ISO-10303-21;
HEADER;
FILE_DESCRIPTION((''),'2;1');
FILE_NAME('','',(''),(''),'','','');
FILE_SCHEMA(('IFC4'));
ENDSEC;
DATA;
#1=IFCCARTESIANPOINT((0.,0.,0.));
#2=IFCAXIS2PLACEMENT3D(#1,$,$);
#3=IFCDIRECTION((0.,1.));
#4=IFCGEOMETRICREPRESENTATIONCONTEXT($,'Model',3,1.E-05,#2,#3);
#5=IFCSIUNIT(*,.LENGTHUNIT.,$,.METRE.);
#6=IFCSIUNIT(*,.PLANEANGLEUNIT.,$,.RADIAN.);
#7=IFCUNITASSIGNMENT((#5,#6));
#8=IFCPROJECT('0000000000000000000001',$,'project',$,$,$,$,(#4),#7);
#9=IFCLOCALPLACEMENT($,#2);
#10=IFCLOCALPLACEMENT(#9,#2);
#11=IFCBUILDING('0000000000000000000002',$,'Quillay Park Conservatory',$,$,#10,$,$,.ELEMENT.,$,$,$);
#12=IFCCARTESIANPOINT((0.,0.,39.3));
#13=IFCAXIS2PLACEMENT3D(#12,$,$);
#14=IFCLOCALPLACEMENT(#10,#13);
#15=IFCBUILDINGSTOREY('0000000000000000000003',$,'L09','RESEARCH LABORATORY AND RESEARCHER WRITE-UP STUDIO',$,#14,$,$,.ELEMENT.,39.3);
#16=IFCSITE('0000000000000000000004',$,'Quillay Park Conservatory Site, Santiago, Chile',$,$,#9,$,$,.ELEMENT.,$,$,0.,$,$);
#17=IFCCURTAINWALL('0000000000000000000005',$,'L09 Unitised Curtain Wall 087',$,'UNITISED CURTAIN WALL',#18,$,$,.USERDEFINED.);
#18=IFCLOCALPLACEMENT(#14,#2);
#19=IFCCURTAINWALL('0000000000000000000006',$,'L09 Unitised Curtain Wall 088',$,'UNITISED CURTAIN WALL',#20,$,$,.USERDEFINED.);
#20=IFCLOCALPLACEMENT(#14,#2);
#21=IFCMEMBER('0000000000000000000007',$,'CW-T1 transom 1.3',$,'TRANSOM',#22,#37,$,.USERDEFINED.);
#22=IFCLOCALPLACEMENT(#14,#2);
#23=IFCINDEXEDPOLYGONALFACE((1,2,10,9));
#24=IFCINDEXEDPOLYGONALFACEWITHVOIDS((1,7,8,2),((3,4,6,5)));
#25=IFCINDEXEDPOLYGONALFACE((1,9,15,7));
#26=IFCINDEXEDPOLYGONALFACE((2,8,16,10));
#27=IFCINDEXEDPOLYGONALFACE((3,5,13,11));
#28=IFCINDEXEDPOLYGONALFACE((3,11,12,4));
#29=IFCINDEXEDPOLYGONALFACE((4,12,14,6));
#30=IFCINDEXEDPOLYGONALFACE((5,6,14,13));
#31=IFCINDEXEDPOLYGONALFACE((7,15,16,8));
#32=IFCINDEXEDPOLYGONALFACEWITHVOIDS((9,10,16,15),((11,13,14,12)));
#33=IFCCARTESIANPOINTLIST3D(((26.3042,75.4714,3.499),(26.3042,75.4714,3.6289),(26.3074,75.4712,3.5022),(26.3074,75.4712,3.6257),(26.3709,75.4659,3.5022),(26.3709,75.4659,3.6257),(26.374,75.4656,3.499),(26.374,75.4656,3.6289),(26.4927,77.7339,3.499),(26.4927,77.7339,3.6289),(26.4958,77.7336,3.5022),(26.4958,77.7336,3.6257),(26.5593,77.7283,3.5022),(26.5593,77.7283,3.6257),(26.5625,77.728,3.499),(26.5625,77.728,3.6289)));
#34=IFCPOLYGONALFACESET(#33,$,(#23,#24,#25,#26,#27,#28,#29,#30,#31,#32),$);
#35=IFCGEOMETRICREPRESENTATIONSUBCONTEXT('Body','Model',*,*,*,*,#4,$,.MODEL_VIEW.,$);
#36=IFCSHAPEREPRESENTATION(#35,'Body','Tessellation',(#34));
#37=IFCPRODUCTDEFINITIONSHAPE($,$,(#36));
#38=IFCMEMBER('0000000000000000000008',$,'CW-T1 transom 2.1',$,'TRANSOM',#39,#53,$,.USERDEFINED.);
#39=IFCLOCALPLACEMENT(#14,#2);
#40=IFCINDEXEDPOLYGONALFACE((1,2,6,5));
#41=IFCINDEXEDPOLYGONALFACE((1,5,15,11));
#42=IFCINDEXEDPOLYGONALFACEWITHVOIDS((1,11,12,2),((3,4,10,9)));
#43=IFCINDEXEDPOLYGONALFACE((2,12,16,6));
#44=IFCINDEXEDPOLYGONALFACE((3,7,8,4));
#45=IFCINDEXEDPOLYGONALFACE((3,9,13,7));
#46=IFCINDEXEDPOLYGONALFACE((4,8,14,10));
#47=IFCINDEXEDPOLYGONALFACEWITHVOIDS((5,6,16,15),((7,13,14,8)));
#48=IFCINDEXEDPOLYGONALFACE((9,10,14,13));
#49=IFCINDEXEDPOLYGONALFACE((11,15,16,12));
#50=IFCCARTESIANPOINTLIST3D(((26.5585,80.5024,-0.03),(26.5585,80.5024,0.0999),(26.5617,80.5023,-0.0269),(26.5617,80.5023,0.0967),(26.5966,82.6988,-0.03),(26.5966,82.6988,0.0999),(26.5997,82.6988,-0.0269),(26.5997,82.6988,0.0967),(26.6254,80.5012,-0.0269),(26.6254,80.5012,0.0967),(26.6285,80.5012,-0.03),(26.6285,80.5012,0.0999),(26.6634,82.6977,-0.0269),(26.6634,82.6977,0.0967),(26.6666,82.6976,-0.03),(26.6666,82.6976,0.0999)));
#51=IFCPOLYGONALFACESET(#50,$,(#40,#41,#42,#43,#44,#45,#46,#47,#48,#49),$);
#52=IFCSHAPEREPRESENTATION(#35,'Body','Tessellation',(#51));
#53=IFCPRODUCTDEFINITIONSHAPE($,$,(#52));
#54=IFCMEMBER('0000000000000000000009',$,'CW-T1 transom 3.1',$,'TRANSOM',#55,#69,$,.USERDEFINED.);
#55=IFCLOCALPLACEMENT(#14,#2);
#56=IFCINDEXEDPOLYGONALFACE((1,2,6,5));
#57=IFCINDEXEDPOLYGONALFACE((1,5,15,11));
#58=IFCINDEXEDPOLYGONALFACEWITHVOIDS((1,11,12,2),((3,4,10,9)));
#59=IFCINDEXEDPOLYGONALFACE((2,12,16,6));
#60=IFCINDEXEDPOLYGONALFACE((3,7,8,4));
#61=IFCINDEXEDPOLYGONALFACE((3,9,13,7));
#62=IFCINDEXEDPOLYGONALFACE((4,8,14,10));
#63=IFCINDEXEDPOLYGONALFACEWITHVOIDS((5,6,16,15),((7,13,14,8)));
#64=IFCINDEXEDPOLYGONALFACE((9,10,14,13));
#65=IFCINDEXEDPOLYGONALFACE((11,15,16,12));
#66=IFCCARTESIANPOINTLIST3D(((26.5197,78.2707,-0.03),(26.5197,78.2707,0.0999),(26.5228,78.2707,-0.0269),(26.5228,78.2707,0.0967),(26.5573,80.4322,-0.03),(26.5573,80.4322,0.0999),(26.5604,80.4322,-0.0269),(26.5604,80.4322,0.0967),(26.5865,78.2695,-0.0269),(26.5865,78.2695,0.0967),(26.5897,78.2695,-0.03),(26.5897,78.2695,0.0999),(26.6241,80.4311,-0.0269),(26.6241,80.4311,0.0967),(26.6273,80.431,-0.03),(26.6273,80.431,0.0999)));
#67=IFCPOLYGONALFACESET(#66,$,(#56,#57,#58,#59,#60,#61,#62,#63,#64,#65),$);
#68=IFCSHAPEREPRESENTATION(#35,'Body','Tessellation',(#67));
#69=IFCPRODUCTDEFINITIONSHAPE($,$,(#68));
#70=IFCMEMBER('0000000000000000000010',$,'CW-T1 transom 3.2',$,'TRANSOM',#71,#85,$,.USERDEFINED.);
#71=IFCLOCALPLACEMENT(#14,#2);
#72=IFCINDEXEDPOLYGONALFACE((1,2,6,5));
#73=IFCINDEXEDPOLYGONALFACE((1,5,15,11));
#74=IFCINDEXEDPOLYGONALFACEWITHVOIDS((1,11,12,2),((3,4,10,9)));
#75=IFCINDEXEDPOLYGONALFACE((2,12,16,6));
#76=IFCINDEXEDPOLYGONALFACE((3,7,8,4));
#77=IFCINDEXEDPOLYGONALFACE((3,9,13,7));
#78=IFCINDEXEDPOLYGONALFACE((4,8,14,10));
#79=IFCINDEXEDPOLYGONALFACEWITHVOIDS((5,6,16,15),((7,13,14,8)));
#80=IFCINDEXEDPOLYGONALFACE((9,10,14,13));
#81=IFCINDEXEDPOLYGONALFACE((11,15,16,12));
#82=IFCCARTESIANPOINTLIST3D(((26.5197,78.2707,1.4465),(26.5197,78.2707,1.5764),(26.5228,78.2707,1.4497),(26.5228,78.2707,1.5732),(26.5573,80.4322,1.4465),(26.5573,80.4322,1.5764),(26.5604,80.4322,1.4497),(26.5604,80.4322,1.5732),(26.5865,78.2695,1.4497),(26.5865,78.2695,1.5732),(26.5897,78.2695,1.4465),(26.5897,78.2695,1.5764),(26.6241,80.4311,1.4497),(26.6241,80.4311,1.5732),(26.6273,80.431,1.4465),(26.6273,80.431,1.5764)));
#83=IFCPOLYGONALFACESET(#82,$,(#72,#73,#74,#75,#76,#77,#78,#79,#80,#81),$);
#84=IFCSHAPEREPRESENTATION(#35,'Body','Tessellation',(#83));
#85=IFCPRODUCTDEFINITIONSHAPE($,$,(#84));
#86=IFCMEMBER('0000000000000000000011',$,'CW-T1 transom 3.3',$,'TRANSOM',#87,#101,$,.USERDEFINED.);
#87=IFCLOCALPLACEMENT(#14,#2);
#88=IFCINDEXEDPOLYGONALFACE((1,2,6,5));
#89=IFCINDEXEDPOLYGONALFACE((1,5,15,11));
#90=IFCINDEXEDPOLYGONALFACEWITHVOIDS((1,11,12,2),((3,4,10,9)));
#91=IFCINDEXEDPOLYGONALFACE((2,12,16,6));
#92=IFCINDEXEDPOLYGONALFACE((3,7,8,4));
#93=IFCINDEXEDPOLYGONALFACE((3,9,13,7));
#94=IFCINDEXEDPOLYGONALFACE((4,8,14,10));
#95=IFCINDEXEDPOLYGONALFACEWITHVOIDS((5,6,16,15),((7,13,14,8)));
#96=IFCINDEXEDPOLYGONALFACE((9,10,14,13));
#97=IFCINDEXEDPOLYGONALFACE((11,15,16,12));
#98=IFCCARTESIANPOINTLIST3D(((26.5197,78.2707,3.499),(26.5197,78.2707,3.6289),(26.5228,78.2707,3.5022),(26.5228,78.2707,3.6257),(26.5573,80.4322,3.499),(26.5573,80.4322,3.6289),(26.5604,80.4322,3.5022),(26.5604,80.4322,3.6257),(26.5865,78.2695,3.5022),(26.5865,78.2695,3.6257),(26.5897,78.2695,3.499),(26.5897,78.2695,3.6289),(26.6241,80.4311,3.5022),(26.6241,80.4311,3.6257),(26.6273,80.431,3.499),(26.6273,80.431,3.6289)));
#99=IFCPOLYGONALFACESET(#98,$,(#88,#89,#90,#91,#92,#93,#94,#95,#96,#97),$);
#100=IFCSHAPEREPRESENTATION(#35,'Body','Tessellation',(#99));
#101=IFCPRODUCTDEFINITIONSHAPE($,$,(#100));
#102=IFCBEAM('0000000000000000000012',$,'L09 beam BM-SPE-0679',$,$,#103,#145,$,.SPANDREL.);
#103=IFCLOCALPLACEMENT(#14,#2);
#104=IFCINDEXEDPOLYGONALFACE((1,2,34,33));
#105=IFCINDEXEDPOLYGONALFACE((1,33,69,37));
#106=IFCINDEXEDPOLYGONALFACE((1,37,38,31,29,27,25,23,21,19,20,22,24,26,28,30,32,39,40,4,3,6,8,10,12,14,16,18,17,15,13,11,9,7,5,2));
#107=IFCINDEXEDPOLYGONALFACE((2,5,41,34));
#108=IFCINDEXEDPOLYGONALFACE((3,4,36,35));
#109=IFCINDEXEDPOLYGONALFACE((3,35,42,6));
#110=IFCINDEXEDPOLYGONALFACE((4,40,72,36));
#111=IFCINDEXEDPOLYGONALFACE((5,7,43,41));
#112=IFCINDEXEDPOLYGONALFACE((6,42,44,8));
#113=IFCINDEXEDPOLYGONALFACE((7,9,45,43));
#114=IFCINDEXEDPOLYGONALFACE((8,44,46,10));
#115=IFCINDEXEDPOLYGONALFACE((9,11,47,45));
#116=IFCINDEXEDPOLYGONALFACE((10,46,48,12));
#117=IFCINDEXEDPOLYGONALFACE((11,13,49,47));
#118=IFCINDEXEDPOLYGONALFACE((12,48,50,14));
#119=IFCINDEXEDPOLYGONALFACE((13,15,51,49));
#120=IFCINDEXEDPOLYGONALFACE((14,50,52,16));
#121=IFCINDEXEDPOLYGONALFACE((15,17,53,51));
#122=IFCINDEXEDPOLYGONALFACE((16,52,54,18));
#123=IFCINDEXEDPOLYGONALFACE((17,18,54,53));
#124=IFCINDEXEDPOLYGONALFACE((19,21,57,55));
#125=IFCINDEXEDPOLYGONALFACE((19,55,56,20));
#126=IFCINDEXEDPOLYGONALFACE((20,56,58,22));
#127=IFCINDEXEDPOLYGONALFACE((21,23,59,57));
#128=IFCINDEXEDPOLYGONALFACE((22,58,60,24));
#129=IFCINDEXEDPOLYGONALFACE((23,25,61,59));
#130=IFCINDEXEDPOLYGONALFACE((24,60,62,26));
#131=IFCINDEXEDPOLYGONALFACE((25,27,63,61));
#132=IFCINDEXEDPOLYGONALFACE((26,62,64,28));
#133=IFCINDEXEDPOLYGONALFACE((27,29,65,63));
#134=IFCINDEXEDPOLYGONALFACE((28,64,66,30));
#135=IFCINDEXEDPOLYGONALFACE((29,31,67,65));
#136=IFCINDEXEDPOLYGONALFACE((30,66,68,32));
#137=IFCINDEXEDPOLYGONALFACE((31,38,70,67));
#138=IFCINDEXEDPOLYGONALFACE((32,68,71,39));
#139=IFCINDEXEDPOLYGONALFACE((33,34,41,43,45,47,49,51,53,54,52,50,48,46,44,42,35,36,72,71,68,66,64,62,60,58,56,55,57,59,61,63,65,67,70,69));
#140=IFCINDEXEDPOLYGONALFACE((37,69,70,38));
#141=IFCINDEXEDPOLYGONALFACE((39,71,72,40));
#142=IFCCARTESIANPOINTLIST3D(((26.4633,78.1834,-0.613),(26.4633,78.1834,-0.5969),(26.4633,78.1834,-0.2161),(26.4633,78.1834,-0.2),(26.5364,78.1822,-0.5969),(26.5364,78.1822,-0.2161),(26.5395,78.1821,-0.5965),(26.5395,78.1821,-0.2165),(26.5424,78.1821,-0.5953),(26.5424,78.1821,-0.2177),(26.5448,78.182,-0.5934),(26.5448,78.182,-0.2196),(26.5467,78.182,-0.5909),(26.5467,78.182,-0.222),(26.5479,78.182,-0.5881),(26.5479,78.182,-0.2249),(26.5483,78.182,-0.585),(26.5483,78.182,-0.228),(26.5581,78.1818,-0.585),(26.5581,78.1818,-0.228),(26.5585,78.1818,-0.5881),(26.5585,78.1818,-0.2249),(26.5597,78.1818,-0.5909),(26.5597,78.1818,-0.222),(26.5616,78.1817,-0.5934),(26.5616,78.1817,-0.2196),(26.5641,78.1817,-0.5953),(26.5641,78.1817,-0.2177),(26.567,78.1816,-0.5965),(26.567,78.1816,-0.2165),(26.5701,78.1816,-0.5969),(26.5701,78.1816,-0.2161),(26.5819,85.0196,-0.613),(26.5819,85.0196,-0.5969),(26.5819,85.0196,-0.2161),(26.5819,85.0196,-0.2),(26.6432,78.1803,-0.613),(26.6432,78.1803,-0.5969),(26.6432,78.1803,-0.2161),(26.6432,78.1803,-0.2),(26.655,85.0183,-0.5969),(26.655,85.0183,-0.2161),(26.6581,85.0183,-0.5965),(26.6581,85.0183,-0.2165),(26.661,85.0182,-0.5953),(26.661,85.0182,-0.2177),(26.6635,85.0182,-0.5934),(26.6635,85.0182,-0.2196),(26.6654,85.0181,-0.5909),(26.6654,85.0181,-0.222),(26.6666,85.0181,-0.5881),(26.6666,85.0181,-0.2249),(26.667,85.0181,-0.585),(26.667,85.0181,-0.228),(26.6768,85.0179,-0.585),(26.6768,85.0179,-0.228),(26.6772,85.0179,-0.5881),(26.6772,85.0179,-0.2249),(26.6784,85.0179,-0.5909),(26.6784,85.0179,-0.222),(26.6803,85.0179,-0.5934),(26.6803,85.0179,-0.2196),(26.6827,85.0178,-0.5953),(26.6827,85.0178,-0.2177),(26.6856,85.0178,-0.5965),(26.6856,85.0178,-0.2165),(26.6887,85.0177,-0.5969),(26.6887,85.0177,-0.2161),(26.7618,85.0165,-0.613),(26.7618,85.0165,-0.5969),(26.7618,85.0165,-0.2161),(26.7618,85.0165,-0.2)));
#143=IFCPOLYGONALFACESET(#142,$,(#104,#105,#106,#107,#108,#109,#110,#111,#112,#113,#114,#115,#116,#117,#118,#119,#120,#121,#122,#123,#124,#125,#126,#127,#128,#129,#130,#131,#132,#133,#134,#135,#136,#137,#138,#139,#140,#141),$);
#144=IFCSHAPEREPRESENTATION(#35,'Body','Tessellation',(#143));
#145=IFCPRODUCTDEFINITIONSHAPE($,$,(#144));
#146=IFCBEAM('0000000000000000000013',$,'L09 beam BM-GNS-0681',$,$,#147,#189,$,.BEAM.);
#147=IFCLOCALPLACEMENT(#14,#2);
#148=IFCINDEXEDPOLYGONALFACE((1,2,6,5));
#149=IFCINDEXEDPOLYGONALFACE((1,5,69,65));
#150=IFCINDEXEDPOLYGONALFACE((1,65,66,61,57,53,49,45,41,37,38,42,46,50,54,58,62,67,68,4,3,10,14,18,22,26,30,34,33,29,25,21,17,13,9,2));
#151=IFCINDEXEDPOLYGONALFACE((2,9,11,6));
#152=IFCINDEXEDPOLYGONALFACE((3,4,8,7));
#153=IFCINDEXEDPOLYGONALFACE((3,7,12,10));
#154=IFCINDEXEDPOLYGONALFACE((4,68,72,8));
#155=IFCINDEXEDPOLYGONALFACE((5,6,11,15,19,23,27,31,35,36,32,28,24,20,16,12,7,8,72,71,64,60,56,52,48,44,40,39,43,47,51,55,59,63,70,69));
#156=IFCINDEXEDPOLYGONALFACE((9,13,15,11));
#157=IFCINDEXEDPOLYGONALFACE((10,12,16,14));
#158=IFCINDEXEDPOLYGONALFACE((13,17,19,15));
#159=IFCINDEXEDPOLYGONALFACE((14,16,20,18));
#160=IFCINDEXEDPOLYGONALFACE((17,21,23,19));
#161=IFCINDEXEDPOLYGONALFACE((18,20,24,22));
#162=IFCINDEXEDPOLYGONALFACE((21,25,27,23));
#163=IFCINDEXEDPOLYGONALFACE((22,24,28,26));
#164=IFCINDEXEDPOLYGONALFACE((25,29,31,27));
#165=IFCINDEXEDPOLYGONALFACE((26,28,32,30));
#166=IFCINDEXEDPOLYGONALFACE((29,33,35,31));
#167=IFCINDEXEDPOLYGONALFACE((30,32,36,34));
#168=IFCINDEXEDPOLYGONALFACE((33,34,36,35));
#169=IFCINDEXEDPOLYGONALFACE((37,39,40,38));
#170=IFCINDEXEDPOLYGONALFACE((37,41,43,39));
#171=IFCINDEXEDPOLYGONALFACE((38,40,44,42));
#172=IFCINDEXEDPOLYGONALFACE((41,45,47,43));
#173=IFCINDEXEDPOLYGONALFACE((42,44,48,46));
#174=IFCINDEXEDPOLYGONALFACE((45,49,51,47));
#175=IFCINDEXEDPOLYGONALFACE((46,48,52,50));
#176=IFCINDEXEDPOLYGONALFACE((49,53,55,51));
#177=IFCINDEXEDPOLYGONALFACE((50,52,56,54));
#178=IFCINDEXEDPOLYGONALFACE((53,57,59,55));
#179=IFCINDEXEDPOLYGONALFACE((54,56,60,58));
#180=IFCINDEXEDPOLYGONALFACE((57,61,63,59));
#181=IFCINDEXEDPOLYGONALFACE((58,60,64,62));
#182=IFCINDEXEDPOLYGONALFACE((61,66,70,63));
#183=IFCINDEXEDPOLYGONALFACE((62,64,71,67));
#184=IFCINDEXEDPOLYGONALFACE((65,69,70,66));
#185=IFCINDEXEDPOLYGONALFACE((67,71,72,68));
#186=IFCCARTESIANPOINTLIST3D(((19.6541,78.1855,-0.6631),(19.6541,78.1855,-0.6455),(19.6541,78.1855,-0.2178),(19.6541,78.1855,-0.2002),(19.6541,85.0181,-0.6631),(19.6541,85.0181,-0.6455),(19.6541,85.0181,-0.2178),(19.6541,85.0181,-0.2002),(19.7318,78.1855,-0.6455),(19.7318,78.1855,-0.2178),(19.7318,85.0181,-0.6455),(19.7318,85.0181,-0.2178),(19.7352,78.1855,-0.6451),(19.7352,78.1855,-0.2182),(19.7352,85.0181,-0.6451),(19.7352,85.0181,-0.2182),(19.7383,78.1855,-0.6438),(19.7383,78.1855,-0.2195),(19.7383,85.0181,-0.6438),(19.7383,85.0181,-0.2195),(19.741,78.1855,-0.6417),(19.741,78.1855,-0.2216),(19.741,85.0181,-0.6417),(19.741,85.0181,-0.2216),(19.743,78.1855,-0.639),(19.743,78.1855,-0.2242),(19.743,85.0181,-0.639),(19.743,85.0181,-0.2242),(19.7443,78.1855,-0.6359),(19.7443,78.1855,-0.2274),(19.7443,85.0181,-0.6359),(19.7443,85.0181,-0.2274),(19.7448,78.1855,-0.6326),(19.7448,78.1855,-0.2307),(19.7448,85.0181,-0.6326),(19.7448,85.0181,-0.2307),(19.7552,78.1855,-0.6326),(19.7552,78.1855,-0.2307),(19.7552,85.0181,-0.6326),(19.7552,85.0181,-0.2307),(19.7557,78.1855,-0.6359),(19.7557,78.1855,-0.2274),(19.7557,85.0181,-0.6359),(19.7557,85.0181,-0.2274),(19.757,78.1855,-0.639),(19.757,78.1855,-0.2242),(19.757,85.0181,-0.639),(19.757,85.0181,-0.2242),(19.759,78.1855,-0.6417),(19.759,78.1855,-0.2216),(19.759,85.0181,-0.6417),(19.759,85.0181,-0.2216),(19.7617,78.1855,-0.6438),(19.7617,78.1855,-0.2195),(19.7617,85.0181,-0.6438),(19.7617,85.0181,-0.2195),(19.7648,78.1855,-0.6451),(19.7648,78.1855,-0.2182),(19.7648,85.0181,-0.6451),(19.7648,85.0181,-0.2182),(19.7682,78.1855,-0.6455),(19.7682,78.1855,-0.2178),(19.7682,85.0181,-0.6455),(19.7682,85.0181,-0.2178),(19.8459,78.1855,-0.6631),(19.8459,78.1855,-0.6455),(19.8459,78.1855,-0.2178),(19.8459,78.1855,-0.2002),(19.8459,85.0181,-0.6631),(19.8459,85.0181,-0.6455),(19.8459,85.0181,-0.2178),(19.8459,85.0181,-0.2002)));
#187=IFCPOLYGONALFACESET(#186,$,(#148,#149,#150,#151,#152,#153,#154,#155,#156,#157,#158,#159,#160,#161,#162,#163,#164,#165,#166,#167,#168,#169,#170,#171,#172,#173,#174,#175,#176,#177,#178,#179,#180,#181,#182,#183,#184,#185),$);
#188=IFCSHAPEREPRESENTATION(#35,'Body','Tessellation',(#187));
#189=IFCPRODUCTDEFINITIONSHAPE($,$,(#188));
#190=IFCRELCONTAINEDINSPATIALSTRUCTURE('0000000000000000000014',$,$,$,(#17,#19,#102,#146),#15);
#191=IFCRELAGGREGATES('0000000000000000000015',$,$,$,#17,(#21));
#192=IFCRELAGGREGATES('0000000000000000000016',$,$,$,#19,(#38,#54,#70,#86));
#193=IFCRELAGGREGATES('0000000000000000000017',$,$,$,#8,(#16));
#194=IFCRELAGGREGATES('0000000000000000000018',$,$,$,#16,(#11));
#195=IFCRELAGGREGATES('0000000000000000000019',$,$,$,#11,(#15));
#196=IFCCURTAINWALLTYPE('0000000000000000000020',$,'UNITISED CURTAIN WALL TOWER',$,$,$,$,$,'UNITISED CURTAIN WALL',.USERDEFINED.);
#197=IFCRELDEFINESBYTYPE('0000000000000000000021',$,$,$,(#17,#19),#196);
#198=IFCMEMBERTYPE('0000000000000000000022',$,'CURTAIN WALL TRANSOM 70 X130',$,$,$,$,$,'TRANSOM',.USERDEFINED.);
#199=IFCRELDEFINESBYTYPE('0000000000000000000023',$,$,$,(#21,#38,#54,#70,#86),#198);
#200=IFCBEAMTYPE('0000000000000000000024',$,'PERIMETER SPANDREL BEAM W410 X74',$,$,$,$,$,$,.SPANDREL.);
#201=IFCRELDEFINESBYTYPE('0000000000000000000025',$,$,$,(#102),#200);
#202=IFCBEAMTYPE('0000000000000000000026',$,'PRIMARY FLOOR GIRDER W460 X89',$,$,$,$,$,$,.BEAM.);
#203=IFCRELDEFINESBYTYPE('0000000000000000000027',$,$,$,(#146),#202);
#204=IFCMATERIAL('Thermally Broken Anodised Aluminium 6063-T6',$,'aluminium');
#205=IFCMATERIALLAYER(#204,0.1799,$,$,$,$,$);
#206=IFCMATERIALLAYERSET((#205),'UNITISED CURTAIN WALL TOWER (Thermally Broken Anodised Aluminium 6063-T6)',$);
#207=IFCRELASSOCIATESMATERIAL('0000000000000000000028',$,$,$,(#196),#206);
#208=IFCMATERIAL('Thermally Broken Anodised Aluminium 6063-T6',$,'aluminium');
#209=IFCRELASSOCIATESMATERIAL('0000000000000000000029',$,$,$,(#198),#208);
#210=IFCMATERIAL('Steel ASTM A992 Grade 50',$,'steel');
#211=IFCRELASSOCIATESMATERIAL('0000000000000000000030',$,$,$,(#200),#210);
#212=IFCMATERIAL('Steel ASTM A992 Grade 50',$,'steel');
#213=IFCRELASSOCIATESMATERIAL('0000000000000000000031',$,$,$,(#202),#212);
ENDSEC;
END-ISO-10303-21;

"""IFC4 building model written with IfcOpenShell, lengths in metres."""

from ifc_helpers import new_model, si_unit, direction, frame, origin, origin_2d, place, context, subcontext, project, spatial, hollow_rectangle, i_section, extrude, material, layer, layer_set, material_profile, profile_set, type_object, element, aggregate, save


model = new_model("IFC4")

# Units and contexts
model_context = context("Model", 3, precision=1e-05, world=origin(), true_north=direction((0.0, 1.0)))
body_context = subcontext(model_context, "Body", "Model", "MODEL_VIEW")
ifc_project = project(units=[si_unit("LENGTHUNIT", "METRE"), si_unit("PLANEANGLEUNIT", "RADIAN")], contexts=[model_context])

# Site, building, storey
site_placement = place(None, origin())
site = spatial("IfcSite", under=ifc_project, at=site_placement, Name="Quillay Park Conservatory Site, Santiago, Chile", CompositionType="ELEMENT", RefElevation=0.0)
building_placement = place(site_placement, origin())
building = spatial("IfcBuilding", under=site, at=building_placement, Name="Quillay Park Conservatory", CompositionType="ELEMENT")
storey_placement = place(building_placement, frame((0.0, 0.0, 39.3)))
storey = spatial("IfcBuildingStorey", under=building, at=storey_placement, Name="L09", Description="RESEARCH LABORATORY AND RESEARCHER WRITE-UP STUDIO", CompositionType="ELEMENT", Elevation=39.3)

# Curtain wall
ifc_material_1 = material(Name="Thermally Broken Anodised Aluminium 6063-T6", Category="aluminium")
ifc_layer_1 = layer(ifc_material_1, 0.1799)
ifc_layer_set_1 = layer_set([ifc_layer_1], Name="UNITISED CURTAIN WALL TOWER (Thermally Broken Anodised Aluminium 6063-T6)")
curtain_wall_type = type_object("IfcCurtainWallType", Name="UNITISED CURTAIN WALL TOWER", ElementType="UNITISED CURTAIN WALL", PredefinedType="USERDEFINED", material=ifc_layer_set_1)
curtain_wall_1_placement = place(storey_placement, origin())
curtain_wall_1 = element("IfcCurtainWall", 1, at=curtain_wall_1_placement, inside=storey, type_object=curtain_wall_type, Name="L09 Unitised Curtain Wall 087", ObjectType="UNITISED CURTAIN WALL", PredefinedType="USERDEFINED")

# Curtain wall
curtain_wall_2_placement = place(storey_placement, origin())
curtain_wall_2 = element("IfcCurtainWall", 2, at=curtain_wall_2_placement, inside=storey, type_object=curtain_wall_type, Name="L09 Unitised Curtain Wall 088", ObjectType="UNITISED CURTAIN WALL", PredefinedType="USERDEFINED")

# Members
ifc_material_2 = material(Name="Thermally Broken Anodised Aluminium 6063-T6", Category="aluminium")
ifc_material_profile_1 = material_profile(ifc_material_2, hollow_rectangle(XDim=0.0701, YDim=0.1299, WallThickness=0.0032, at=origin_2d()), Name="AL70x130x3.2")
ifc_profile_set_1 = profile_set([ifc_material_profile_1], Name="Thermally Broken Anodised Aluminium 6063-T6")
member_type_1 = type_object("IfcMemberType", Name="CURTAIN WALL TRANSOM 70 X130", ElementType="TRANSOM", PredefinedType="USERDEFINED", material=ifc_profile_set_1)
member_1_placement = place(storey_placement, frame((26.5276, 77.731, 3.564), z_axis=(-0.083019, -0.996548, 0.0), x_axis=(0.996548, -0.083019, 0.0)))
member_1 = element("IfcMember", 3, at=member_1_placement, type_object=member_type_1, Name="CW-T1 transom 1.3", ObjectType="TRANSOM", PredefinedType="USERDEFINED", context=body_context, shape_type="SweptSolid", body=[
    extrude(hollow_rectangle(XDim=0.0701, YDim=0.1299, WallThickness=0.0032, at=origin_2d()), origin(), (0.0, 0.0, 1.0), 2.2703),
])
member_2_placement = place(storey_placement, frame((26.6316, 82.6982, 0.0349), z_axis=(-0.017337, -0.99985, 0.0), x_axis=(0.99985, -0.017337, 0.0)))
member_2 = element("IfcMember", 4, at=member_2_placement, type_object=member_type_1, Name="CW-T1 transom 2.1", ObjectType="TRANSOM", PredefinedType="USERDEFINED", context=body_context, shape_type="SweptSolid", body=[
    extrude(hollow_rectangle(XDim=0.0701, YDim=0.1299, WallThickness=0.0032, at=origin_2d()), origin(), (0.0, 0.0, 1.0), 2.1968),
])
member_3_placement = place(storey_placement, frame((26.5923, 80.4316, 0.0349), z_axis=(-0.017391, -0.999849, 0.0), x_axis=(0.999849, -0.017391, 0.0)))
member_3 = element("IfcMember", 5, at=member_3_placement, type_object=member_type_1, Name="CW-T1 transom 3.1", ObjectType="TRANSOM", PredefinedType="USERDEFINED", context=body_context, shape_type="SweptSolid", body=[
    extrude(hollow_rectangle(XDim=0.0701, YDim=0.1299, WallThickness=0.0032, at=origin_2d()), origin(), (0.0, 0.0, 1.0), 2.1619),
])
member_4_placement = place(storey_placement, frame((26.5923, 80.4316, 1.5115), z_axis=(-0.017391, -0.999849, 0.0), x_axis=(0.999849, -0.017391, 0.0)))
member_4 = element("IfcMember", 6, at=member_4_placement, type_object=member_type_1, Name="CW-T1 transom 3.2", ObjectType="TRANSOM", PredefinedType="USERDEFINED", context=body_context, shape_type="SweptSolid", body=[
    extrude(hollow_rectangle(XDim=0.0701, YDim=0.1299, WallThickness=0.0032, at=origin_2d()), origin(), (0.0, 0.0, 1.0), 2.1619),
])
member_5_placement = place(storey_placement, frame((26.5923, 80.4316, 3.564), z_axis=(-0.017391, -0.999849, 0.0), x_axis=(0.999849, -0.017391, 0.0)))
member_5 = element("IfcMember", 7, at=member_5_placement, type_object=member_type_1, Name="CW-T1 transom 3.3", ObjectType="TRANSOM", PredefinedType="USERDEFINED", context=body_context, shape_type="SweptSolid", body=[
    extrude(hollow_rectangle(XDim=0.0701, YDim=0.1299, WallThickness=0.0032, at=origin_2d()), origin(), (0.0, 0.0, 1.0), 2.1619),
])

# Beams
ifc_material_3 = material(Name="Steel ASTM A992 Grade 50", Category="steel")
ifc_material_profile_2 = material_profile(ifc_material_3, i_section(OverallWidth=0.1799, OverallDepth=0.4131, WebThickness=0.0098, FlangeThickness=0.0161, FilletRadius=0.012, at=origin_2d()), Name="W410x74")
ifc_profile_set_2 = profile_set([ifc_material_profile_2], Name="Steel ASTM A992 Grade 50")
beam_type_1 = type_object("IfcBeamType", Name="PERIMETER SPANDREL BEAM W410 X74", PredefinedType="SPANDREL", material=ifc_profile_set_2)
beam_1_placement = place(storey_placement, frame((26.5532, 78.1819, -0.4065), z_axis=(0.017354, 0.999849, 0.0), x_axis=(-0.999849, 0.017354, 0.0)))
element("IfcBeam", 8, at=beam_1_placement, inside=storey, type_object=beam_type_1, Name="L09 beam BM-SPE-0679", PredefinedType="SPANDREL", context=body_context, shape_type="SweptSolid", body=[
    extrude(i_section(OverallWidth=0.1799, OverallDepth=0.4131, WebThickness=0.0098, FlangeThickness=0.0161, FilletRadius=0.012, at=origin_2d()), origin(), (0.0, 0.0, 1.0), 6.8372),
])
ifc_material_4 = material(Name="Steel ASTM A992 Grade 50", Category="steel")
ifc_material_profile_3 = material_profile(ifc_material_4, i_section(OverallWidth=0.1919, OverallDepth=0.4629, WebThickness=0.0105, FlangeThickness=0.0176, FilletRadius=0.0129, at=origin_2d()), Name="W460x89")
ifc_profile_set_3 = profile_set([ifc_material_profile_3], Name="Steel ASTM A992 Grade 50")
beam_type_2 = type_object("IfcBeamType", Name="PRIMARY FLOOR GIRDER W460 X89", PredefinedType="BEAM", material=ifc_profile_set_3)
beam_2_placement = place(storey_placement, frame((19.75, 78.1855, -0.4316), z_axis=(0.0, 1.0, 0.0), x_axis=(-1.0, 0.0, 0.0)))
element("IfcBeam", 9, at=beam_2_placement, inside=storey, type_object=beam_type_2, Name="L09 beam BM-GNS-0681", PredefinedType="BEAM", context=body_context, shape_type="SweptSolid", body=[
    extrude(i_section(OverallWidth=0.1919, OverallDepth=0.4629, WebThickness=0.0105, FlangeThickness=0.0176, FilletRadius=0.0129, at=origin_2d()), origin(), (0.0, 0.0, 1.0), 6.8325),
])

aggregate(curtain_wall_1, [member_1])
aggregate(curtain_wall_2, [member_2, member_3, member_4, member_5])

save(model, "model.ifc")
